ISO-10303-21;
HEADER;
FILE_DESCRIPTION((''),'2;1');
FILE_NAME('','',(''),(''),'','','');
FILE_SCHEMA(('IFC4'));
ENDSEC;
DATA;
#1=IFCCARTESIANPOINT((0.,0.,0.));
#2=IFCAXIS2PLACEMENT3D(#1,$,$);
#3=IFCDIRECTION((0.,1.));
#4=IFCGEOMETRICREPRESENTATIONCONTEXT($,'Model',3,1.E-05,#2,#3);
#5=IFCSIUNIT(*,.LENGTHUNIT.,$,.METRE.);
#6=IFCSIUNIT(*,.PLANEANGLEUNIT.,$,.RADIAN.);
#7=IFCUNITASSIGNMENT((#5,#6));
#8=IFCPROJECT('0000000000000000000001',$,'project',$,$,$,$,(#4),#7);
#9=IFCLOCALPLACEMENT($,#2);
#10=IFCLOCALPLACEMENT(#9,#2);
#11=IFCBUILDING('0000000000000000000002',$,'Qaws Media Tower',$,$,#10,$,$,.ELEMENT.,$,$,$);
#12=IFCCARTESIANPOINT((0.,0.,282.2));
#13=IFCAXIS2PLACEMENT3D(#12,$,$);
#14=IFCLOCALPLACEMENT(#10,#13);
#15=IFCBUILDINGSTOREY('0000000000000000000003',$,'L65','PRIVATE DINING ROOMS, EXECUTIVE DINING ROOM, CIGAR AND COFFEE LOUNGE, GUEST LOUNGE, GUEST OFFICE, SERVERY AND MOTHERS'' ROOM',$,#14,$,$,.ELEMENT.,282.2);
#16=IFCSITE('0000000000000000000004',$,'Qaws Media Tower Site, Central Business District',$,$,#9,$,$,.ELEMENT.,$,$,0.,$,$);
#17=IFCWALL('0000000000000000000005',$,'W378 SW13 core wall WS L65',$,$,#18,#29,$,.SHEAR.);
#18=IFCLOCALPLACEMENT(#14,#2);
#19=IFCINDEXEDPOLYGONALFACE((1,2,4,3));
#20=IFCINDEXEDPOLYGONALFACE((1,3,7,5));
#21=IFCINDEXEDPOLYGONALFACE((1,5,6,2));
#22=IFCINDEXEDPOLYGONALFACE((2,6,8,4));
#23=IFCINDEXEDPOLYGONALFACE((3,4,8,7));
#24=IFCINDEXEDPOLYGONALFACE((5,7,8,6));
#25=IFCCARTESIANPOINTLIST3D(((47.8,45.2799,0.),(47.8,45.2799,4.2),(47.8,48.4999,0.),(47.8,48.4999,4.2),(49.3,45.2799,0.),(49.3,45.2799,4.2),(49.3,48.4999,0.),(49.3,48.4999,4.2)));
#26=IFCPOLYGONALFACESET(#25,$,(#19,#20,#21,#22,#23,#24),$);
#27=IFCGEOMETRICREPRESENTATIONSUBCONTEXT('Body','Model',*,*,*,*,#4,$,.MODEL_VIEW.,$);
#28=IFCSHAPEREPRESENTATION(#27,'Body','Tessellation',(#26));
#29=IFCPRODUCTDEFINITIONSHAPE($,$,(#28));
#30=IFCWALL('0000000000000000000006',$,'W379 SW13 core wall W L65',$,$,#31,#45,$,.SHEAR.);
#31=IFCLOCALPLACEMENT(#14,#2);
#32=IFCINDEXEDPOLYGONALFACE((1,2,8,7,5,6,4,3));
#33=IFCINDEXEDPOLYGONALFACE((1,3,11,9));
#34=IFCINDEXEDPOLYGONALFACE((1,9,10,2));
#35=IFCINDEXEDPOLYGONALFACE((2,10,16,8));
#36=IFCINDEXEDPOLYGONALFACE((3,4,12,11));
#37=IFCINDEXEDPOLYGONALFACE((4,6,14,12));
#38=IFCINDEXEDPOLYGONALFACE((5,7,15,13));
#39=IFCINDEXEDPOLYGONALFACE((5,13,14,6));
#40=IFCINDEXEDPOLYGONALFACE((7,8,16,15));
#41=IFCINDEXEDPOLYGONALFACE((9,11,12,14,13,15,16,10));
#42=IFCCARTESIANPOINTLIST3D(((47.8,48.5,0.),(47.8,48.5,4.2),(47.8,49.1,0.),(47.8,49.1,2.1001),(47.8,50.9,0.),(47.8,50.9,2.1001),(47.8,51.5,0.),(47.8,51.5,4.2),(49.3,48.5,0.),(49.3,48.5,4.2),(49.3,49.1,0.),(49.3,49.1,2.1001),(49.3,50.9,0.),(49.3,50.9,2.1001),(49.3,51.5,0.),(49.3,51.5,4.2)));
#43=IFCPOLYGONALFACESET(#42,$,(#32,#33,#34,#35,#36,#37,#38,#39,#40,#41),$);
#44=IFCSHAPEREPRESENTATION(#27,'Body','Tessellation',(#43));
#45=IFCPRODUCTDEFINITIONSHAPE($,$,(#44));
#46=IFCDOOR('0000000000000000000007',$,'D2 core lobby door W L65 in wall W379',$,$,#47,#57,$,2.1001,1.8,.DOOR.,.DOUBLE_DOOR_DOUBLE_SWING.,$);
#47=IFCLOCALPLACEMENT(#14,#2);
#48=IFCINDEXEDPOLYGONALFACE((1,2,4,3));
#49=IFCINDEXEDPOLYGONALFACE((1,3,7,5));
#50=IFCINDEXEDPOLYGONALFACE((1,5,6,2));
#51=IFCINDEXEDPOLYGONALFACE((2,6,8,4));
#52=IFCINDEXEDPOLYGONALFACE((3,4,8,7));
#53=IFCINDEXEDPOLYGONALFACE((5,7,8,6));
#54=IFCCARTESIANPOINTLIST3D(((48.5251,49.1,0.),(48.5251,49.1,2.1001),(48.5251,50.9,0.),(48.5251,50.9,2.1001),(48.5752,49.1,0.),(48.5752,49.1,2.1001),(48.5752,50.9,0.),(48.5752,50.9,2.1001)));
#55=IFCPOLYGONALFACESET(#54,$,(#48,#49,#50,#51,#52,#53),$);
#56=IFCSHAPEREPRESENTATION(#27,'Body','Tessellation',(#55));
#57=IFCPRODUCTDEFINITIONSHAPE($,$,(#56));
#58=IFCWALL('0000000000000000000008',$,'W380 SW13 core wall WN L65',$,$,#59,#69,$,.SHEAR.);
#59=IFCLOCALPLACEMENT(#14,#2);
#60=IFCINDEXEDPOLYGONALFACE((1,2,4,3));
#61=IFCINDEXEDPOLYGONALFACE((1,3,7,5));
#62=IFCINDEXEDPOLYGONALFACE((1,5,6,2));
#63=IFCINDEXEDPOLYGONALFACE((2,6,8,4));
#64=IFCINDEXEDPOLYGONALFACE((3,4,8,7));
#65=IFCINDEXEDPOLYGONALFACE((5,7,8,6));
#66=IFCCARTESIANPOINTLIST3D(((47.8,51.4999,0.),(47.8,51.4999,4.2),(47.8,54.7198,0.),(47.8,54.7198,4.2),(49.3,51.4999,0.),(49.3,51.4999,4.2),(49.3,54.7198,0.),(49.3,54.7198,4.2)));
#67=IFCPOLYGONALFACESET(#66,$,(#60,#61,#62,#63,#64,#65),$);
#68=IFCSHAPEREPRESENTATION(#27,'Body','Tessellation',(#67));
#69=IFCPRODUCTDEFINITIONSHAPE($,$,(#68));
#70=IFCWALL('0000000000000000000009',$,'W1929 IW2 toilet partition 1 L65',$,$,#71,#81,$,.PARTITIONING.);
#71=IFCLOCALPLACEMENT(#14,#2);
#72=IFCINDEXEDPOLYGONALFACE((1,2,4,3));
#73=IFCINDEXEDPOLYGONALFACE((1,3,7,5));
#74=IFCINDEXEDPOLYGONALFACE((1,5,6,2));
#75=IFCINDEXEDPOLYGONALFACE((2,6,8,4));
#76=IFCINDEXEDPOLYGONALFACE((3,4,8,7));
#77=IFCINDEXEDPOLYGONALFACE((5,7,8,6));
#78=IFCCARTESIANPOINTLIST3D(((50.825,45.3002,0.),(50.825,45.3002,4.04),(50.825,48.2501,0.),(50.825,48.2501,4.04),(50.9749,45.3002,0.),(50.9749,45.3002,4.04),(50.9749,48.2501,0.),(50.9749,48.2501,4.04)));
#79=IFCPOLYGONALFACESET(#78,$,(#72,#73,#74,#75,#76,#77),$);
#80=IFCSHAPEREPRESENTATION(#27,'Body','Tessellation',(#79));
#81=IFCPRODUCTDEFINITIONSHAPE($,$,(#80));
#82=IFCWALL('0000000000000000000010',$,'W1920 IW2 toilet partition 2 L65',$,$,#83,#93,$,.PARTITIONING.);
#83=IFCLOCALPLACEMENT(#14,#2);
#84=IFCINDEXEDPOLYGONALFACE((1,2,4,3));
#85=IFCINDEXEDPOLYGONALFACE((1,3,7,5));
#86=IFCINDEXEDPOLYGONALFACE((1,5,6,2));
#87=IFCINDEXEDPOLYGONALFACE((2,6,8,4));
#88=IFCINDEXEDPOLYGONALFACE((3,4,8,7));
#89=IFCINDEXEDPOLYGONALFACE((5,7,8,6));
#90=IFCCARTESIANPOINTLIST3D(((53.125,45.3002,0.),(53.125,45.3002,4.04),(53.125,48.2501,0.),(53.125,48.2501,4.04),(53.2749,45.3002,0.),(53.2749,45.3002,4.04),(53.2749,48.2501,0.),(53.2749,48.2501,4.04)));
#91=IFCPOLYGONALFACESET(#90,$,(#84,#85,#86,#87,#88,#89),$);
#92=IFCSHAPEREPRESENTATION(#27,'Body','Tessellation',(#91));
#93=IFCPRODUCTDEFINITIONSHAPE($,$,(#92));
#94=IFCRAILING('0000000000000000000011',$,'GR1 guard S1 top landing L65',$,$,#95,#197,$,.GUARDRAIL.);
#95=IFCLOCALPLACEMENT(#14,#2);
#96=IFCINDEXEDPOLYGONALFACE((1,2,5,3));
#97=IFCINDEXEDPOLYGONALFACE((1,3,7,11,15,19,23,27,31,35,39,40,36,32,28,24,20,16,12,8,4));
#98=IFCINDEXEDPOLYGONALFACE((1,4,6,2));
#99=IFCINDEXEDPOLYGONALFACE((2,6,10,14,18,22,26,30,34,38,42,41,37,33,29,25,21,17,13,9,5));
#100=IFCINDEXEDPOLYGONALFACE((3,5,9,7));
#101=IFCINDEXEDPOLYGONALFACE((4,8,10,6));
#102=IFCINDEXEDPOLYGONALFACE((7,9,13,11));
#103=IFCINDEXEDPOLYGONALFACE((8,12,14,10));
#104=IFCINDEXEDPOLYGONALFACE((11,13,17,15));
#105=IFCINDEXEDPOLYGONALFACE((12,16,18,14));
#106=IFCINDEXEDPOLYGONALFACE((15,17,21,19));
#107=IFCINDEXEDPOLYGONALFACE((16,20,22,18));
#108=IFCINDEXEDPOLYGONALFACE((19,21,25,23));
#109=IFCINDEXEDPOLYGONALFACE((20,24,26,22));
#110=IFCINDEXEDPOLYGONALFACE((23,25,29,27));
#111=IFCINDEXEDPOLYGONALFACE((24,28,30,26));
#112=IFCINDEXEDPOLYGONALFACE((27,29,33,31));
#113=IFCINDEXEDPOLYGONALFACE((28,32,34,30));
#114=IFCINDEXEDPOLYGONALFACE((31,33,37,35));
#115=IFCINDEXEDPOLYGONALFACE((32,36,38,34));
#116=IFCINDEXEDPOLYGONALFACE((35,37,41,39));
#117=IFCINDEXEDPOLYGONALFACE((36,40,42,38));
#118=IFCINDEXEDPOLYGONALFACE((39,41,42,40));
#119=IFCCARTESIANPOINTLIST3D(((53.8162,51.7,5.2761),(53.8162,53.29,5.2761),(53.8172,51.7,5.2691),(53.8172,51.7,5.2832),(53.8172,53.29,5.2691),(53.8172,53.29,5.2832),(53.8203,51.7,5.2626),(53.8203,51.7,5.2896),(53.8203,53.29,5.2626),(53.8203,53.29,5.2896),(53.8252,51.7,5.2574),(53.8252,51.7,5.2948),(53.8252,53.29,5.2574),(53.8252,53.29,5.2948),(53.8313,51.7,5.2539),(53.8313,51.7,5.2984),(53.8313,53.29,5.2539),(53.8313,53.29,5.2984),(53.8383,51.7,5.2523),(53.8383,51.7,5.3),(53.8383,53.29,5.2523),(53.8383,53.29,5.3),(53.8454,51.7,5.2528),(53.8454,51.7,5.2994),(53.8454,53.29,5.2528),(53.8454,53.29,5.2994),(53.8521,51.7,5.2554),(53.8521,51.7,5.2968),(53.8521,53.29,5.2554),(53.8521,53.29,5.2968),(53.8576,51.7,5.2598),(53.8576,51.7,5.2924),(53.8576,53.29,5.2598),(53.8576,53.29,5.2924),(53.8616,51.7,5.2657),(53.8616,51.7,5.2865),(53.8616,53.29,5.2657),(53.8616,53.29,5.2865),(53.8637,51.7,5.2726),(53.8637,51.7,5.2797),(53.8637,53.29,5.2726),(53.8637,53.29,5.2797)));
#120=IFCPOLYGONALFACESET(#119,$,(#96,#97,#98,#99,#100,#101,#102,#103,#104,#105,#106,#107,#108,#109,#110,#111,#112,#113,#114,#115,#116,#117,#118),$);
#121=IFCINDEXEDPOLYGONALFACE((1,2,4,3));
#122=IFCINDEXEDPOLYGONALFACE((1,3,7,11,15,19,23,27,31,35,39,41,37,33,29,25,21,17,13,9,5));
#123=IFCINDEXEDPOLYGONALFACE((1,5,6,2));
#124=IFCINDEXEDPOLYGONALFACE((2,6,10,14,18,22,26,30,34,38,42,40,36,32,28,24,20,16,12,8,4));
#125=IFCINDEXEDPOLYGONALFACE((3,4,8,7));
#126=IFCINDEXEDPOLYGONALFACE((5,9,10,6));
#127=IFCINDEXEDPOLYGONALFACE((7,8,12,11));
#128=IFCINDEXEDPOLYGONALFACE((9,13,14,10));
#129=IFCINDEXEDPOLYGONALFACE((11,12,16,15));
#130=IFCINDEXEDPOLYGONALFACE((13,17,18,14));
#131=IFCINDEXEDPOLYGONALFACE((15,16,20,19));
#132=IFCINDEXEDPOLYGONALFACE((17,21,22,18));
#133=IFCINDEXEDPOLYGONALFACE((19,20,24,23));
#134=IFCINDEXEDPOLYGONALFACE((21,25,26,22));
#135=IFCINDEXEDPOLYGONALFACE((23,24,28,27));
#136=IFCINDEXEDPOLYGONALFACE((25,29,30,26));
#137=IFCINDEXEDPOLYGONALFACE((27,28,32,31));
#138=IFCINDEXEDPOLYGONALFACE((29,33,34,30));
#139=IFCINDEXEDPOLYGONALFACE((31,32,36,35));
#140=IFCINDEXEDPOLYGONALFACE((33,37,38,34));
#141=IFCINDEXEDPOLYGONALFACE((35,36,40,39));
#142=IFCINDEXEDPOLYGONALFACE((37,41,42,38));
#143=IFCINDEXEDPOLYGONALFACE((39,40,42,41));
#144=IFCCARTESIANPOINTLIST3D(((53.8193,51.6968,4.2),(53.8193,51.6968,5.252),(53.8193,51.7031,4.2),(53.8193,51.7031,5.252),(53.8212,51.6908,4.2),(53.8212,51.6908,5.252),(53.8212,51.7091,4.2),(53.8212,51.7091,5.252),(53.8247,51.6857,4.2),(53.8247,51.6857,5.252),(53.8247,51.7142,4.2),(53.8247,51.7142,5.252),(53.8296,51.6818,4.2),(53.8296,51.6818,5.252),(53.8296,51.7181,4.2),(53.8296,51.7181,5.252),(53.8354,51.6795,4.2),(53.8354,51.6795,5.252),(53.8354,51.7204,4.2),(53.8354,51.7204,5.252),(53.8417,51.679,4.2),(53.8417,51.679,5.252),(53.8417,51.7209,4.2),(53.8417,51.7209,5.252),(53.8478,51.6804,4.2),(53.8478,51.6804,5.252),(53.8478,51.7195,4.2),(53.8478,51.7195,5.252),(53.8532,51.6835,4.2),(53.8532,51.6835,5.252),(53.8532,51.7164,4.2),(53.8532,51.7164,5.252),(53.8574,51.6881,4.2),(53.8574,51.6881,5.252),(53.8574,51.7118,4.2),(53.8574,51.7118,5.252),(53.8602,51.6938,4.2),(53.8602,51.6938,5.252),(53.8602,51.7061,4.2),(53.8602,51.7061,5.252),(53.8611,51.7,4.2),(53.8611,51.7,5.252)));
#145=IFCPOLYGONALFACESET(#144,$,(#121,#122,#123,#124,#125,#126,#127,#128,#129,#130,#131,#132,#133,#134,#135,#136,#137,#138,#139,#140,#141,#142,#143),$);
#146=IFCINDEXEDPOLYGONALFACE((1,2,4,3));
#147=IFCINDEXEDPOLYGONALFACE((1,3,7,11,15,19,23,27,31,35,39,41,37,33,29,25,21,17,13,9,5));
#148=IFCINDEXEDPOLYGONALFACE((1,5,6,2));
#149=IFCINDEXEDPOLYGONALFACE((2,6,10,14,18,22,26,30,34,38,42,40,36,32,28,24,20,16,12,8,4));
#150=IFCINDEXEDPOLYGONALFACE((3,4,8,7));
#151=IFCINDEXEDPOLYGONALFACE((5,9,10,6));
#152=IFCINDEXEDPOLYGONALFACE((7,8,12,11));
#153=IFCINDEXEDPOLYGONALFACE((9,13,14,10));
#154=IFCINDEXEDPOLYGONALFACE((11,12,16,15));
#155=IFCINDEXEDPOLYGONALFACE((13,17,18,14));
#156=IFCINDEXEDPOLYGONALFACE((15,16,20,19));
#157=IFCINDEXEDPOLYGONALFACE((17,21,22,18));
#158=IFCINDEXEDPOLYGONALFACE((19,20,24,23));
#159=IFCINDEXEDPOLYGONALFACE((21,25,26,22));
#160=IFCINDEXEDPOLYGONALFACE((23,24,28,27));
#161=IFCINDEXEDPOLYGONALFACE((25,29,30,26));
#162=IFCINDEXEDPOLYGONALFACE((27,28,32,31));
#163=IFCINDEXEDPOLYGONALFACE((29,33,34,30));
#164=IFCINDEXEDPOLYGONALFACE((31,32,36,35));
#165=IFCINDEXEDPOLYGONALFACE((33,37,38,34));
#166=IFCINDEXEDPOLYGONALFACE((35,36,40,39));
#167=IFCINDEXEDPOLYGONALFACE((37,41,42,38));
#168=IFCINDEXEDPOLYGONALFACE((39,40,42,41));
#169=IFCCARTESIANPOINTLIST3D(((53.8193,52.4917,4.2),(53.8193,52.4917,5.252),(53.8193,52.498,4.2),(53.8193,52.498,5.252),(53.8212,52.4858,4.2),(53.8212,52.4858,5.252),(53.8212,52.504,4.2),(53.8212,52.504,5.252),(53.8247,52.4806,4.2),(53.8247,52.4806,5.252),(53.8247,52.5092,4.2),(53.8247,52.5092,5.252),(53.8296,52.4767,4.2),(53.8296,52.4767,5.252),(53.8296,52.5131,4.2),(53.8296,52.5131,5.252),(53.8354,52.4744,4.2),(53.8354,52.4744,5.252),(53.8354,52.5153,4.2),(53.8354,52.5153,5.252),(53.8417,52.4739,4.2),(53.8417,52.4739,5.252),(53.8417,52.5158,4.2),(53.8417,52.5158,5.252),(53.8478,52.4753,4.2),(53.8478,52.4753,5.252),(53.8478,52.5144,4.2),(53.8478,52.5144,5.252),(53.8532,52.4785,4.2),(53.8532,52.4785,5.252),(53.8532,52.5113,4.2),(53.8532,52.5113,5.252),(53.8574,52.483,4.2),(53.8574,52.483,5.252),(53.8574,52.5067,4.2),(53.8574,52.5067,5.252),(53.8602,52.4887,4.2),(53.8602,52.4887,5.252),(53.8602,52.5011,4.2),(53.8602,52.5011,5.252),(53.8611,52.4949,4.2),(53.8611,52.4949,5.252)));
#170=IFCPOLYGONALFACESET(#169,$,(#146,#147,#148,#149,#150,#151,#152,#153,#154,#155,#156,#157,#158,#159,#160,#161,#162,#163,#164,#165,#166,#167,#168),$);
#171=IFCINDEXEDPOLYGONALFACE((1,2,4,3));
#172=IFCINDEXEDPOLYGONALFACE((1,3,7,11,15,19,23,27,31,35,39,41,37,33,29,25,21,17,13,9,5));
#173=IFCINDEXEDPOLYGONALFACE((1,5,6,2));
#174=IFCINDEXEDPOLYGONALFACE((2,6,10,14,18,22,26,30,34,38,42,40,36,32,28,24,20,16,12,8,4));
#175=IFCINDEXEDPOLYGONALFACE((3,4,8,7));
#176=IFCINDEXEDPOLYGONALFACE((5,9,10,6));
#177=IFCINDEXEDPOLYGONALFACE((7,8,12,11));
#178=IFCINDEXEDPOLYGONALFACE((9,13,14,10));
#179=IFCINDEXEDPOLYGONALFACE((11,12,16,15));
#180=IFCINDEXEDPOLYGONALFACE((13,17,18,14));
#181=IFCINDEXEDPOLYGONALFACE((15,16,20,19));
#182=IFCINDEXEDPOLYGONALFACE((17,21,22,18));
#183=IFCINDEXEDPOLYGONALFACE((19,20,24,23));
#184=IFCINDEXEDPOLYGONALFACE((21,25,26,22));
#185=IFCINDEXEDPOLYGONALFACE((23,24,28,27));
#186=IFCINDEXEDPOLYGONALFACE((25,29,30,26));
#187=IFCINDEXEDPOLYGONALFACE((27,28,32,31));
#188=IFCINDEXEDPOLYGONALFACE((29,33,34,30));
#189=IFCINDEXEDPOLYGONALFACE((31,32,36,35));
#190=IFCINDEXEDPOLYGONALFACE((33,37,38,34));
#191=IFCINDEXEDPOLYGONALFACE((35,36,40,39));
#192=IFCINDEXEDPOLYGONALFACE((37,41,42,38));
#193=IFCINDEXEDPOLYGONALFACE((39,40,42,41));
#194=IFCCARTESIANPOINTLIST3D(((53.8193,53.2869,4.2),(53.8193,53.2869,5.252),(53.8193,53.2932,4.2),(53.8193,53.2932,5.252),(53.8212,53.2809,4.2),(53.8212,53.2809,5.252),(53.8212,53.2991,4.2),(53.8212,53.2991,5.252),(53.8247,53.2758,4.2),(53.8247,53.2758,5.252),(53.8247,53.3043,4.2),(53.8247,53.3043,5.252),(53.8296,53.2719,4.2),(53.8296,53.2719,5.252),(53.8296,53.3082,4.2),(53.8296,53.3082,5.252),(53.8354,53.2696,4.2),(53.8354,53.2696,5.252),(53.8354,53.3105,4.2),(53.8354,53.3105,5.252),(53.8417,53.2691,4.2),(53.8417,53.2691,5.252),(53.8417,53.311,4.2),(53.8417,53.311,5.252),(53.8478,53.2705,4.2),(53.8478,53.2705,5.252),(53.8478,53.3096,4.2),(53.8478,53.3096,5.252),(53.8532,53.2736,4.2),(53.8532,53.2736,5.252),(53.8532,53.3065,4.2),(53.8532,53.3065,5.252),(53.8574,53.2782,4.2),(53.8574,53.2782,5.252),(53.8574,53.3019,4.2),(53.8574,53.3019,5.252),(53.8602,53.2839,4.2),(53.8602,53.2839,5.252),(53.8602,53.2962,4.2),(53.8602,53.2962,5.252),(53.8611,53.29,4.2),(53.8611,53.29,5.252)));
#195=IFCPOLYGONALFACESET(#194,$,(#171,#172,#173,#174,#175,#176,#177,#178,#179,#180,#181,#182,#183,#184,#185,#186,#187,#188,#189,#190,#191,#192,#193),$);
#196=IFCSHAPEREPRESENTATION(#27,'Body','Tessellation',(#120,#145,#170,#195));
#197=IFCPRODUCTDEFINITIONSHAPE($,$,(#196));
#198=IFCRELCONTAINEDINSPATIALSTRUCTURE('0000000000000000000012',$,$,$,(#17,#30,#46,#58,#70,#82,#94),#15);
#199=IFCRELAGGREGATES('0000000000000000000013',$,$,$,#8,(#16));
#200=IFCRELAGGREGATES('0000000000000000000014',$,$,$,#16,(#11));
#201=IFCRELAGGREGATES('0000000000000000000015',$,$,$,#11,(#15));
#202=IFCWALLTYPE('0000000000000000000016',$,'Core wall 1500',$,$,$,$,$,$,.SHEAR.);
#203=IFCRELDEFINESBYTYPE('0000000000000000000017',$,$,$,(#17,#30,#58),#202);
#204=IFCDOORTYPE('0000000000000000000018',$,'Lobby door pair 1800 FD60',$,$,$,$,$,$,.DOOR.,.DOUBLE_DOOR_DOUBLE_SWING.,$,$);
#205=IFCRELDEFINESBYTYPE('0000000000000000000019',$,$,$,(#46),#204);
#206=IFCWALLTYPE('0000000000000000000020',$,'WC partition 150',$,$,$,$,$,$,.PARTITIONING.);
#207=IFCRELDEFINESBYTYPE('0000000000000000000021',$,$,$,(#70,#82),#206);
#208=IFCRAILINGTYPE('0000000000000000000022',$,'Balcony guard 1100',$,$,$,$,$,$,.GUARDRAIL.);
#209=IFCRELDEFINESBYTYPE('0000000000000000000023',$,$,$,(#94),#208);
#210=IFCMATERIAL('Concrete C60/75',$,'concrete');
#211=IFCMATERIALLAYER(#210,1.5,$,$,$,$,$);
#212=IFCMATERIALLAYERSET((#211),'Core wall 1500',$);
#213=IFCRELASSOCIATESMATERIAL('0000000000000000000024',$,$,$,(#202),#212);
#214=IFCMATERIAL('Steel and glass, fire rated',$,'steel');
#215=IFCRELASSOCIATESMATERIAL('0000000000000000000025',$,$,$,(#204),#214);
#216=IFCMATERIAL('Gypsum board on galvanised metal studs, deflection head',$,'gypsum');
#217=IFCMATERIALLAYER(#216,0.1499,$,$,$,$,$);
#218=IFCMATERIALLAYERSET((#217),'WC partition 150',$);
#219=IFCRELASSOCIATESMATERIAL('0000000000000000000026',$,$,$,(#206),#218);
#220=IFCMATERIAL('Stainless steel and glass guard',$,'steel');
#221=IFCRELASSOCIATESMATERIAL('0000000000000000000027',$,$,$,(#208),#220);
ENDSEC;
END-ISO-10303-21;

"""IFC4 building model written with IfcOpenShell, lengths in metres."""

from ifc_helpers import new_model, si_unit, direction, frame, frame_2d, origin, origin_2d, place, context, subcontext, project, spatial, rectangle, circle, extrude, material, layer, layer_set, type_object, element, fill, save


model = new_model("IFC4")

# Units and contexts
model_context = context("Model", 3, precision=1e-05, world=origin(), true_north=direction((0.0, 1.0)))
body_context = subcontext(model_context, "Body", "Model", "MODEL_VIEW")
ifc_project = project(units=[si_unit("LENGTHUNIT", "METRE"), si_unit("PLANEANGLEUNIT", "RADIAN")], contexts=[model_context])

# Site, building, storey
site_placement = place(None, origin())
site = spatial("IfcSite", under=ifc_project, at=site_placement, Name="Qaws Media Tower Site, Central Business District", CompositionType="ELEMENT", RefElevation=0.0)
building_placement = place(site_placement, origin())
building = spatial("IfcBuilding", under=site, at=building_placement, Name="Qaws Media Tower", CompositionType="ELEMENT")
storey_placement = place(building_placement, frame((0.0, 0.0, 282.2)))
storey = spatial("IfcBuildingStorey", under=building, at=storey_placement, Name="L65", Description="PRIVATE DINING ROOMS, EXECUTIVE DINING ROOM, CIGAR AND COFFEE LOUNGE, GUEST LOUNGE, GUEST OFFICE, SERVERY AND MOTHERS' ROOM", CompositionType="ELEMENT", Elevation=282.2)

# Wall
ifc_material_1 = material(Name="Concrete C60/75", Category="concrete")
ifc_layer_1 = layer(ifc_material_1, 1.5)
ifc_layer_set_1 = layer_set([ifc_layer_1], Name="Core wall 1500")
wall_type_1 = type_object("IfcWallType", Name="Core wall 1500", PredefinedType="SHEAR", material=ifc_layer_set_1)
wall_1_placement = place(storey_placement, frame((48.55, 45.28, 0.0), z_axis=(0.0, 0.0, 1.0), x_axis=(0.0, 1.0, 0.0)))
element("IfcWall", 1, at=wall_1_placement, inside=storey, type_object=wall_type_1, Name="W378 SW13 core wall WS L65", PredefinedType="SHEAR", context=body_context, shape_type="SweptSolid", body=[
    extrude(rectangle(XDim=3.22, YDim=1.5, at=frame_2d((1.6099, 0.0))), origin(), (0.0, 0.0, 1.0), 4.2),
])

# Wall, opening, door
wall_2_placement = place(storey_placement, frame((48.55, 48.5, 0.0), z_axis=(0.0, 0.0, 1.0), x_axis=(0.0, 1.0, 0.0)))
wall_2 = element("IfcWall", 2, at=wall_2_placement, inside=storey, type_object=wall_type_1, Name="W379 SW13 core wall W L65", PredefinedType="SHEAR", context=body_context, shape_type="SweptSolid", body=[
    extrude(rectangle(XDim=3.0, YDim=1.5, at=frame_2d((1.5, 0.0))), origin(), (0.0, 0.0, 1.0), 4.2),
])
opening_1_placement = place(wall_2_placement, frame((0.6001, 0.0, 0.0)))
opening_1 = element("IfcOpeningElement", 3, at=opening_1_placement, cuts=wall_2, PredefinedType="OPENING", context=body_context, shape_type="SweptSolid", body=[
    extrude(rectangle(XDim=1.8, YDim=2.1001, at=frame_2d((0.8999, 1.05))), frame((0.0, 0.76, 0.0), z_axis=(0.0, -1.0, 0.0), x_axis=(1.0, 0.0, 0.0)), (0.0, 0.0, 1.0), 1.52),
])
ifc_material_2 = material(Name="Steel and glass, fire rated", Category="steel")
door_type_1 = type_object("IfcDoorType", Name="Lobby door pair 1800 FD60", OperationType="DOUBLE_DOOR_DOUBLE_SWING", PredefinedType="DOOR", material=ifc_material_2)
door_1_placement = place(opening_1_placement, origin())
door_1 = element("IfcDoor", 4, at=door_1_placement, inside=storey, type_object=door_type_1, Name="D2 core lobby door W L65 in wall W379", OperationType="DOUBLE_DOOR_DOUBLE_SWING", OverallHeight=2.1001, OverallWidth=1.8, PredefinedType="DOOR", context=body_context, shape_type="SweptSolid", body=[
    extrude(rectangle(XDim=1.8, YDim=2.1001, at=frame_2d((0.8999, 1.05))), frame((0.0, 0.0249, 0.0), z_axis=(0.0, -1.0, 0.0), x_axis=(1.0, 0.0, 0.0)), (0.0, 0.0, 1.0), 0.05),
])
fill(opening_1, door_1)

# Walls
wall_3_placement = place(storey_placement, frame((48.55, 51.5, 0.0), z_axis=(0.0, 0.0, 1.0), x_axis=(0.0, 1.0, 0.0)))
element("IfcWall", 5, at=wall_3_placement, inside=storey, type_object=wall_type_1, Name="W380 SW13 core wall WN L65", PredefinedType="SHEAR", context=body_context, shape_type="SweptSolid", body=[
    extrude(rectangle(XDim=3.22, YDim=1.5, at=frame_2d((1.6099, 0.0))), origin(), (0.0, 0.0, 1.0), 4.2),
])
ifc_material_3 = material(Name="Gypsum board on galvanised metal studs, deflection head", Category="gypsum")
ifc_layer_2 = layer(ifc_material_3, 0.1499)
ifc_layer_set_2 = layer_set([ifc_layer_2], Name="WC partition 150")
wall_type_2 = type_object("IfcWallType", Name="WC partition 150", PredefinedType="PARTITIONING", material=ifc_layer_set_2)
for number, where, z_axis, x_axis, name in (
    (6, (50.8999, 45.3, 0.0), (0.0, 0.0, 1.0), (0.0, 1.0, 0.0), "W1929 IW2 toilet partition 1 L65"),
    (7, (53.2, 45.3, 0.0), (0.0, 0.0, 1.0), (0.0, 1.0, 0.0), "W1920 IW2 toilet partition 2 L65"),
):
    element("IfcWall", number, at=place(storey_placement, frame(where, z_axis=z_axis, x_axis=x_axis)), inside=storey, type_object=wall_type_2, Name=name, PredefinedType="PARTITIONING", context=body_context, shape_type="SweptSolid", body=[
        extrude(rectangle(XDim=2.95, YDim=0.1499, at=frame_2d((1.4751, 0.0))), origin(), (0.0, 0.0, 1.0), 4.04),
    ])

# Railing
ifc_material_4 = material(Name="Stainless steel and glass guard", Category="steel")
railing_type = type_object("IfcRailingType", Name="Balcony guard 1100", PredefinedType="GUARDRAIL", material=ifc_material_4)
railing_placement = place(storey_placement, frame((53.8401, 51.7, 4.2)))
element("IfcRailing", 8, at=railing_placement, inside=storey, type_object=railing_type, Name="GR1 guard S1 top landing L65", PredefinedType="GUARDRAIL", context=body_context, shape_type="SweptSolid", body=[
    extrude(circle(Radius=0.0239, at=origin_2d()), frame((0.0, 0.0, 1.0762), z_axis=(0.0, 1.0, 0.0), x_axis=(-1.0, 0.0, 0.0)), (0.0, 0.0, 1.0), 1.5901),
    extrude(circle(Radius=0.021, at=origin_2d()), origin(), (0.0, 0.0, 1.0), 1.052),
    extrude(circle(Radius=0.021, at=origin_2d()), frame((0.0, 0.7949, 0.0)), (0.0, 0.0, 1.0), 1.052),
    extrude(circle(Radius=0.021, at=origin_2d()), frame((0.0, 1.5901, 0.0)), (0.0, 0.0, 1.0), 1.052),
])

save(model, "model.ifc")
